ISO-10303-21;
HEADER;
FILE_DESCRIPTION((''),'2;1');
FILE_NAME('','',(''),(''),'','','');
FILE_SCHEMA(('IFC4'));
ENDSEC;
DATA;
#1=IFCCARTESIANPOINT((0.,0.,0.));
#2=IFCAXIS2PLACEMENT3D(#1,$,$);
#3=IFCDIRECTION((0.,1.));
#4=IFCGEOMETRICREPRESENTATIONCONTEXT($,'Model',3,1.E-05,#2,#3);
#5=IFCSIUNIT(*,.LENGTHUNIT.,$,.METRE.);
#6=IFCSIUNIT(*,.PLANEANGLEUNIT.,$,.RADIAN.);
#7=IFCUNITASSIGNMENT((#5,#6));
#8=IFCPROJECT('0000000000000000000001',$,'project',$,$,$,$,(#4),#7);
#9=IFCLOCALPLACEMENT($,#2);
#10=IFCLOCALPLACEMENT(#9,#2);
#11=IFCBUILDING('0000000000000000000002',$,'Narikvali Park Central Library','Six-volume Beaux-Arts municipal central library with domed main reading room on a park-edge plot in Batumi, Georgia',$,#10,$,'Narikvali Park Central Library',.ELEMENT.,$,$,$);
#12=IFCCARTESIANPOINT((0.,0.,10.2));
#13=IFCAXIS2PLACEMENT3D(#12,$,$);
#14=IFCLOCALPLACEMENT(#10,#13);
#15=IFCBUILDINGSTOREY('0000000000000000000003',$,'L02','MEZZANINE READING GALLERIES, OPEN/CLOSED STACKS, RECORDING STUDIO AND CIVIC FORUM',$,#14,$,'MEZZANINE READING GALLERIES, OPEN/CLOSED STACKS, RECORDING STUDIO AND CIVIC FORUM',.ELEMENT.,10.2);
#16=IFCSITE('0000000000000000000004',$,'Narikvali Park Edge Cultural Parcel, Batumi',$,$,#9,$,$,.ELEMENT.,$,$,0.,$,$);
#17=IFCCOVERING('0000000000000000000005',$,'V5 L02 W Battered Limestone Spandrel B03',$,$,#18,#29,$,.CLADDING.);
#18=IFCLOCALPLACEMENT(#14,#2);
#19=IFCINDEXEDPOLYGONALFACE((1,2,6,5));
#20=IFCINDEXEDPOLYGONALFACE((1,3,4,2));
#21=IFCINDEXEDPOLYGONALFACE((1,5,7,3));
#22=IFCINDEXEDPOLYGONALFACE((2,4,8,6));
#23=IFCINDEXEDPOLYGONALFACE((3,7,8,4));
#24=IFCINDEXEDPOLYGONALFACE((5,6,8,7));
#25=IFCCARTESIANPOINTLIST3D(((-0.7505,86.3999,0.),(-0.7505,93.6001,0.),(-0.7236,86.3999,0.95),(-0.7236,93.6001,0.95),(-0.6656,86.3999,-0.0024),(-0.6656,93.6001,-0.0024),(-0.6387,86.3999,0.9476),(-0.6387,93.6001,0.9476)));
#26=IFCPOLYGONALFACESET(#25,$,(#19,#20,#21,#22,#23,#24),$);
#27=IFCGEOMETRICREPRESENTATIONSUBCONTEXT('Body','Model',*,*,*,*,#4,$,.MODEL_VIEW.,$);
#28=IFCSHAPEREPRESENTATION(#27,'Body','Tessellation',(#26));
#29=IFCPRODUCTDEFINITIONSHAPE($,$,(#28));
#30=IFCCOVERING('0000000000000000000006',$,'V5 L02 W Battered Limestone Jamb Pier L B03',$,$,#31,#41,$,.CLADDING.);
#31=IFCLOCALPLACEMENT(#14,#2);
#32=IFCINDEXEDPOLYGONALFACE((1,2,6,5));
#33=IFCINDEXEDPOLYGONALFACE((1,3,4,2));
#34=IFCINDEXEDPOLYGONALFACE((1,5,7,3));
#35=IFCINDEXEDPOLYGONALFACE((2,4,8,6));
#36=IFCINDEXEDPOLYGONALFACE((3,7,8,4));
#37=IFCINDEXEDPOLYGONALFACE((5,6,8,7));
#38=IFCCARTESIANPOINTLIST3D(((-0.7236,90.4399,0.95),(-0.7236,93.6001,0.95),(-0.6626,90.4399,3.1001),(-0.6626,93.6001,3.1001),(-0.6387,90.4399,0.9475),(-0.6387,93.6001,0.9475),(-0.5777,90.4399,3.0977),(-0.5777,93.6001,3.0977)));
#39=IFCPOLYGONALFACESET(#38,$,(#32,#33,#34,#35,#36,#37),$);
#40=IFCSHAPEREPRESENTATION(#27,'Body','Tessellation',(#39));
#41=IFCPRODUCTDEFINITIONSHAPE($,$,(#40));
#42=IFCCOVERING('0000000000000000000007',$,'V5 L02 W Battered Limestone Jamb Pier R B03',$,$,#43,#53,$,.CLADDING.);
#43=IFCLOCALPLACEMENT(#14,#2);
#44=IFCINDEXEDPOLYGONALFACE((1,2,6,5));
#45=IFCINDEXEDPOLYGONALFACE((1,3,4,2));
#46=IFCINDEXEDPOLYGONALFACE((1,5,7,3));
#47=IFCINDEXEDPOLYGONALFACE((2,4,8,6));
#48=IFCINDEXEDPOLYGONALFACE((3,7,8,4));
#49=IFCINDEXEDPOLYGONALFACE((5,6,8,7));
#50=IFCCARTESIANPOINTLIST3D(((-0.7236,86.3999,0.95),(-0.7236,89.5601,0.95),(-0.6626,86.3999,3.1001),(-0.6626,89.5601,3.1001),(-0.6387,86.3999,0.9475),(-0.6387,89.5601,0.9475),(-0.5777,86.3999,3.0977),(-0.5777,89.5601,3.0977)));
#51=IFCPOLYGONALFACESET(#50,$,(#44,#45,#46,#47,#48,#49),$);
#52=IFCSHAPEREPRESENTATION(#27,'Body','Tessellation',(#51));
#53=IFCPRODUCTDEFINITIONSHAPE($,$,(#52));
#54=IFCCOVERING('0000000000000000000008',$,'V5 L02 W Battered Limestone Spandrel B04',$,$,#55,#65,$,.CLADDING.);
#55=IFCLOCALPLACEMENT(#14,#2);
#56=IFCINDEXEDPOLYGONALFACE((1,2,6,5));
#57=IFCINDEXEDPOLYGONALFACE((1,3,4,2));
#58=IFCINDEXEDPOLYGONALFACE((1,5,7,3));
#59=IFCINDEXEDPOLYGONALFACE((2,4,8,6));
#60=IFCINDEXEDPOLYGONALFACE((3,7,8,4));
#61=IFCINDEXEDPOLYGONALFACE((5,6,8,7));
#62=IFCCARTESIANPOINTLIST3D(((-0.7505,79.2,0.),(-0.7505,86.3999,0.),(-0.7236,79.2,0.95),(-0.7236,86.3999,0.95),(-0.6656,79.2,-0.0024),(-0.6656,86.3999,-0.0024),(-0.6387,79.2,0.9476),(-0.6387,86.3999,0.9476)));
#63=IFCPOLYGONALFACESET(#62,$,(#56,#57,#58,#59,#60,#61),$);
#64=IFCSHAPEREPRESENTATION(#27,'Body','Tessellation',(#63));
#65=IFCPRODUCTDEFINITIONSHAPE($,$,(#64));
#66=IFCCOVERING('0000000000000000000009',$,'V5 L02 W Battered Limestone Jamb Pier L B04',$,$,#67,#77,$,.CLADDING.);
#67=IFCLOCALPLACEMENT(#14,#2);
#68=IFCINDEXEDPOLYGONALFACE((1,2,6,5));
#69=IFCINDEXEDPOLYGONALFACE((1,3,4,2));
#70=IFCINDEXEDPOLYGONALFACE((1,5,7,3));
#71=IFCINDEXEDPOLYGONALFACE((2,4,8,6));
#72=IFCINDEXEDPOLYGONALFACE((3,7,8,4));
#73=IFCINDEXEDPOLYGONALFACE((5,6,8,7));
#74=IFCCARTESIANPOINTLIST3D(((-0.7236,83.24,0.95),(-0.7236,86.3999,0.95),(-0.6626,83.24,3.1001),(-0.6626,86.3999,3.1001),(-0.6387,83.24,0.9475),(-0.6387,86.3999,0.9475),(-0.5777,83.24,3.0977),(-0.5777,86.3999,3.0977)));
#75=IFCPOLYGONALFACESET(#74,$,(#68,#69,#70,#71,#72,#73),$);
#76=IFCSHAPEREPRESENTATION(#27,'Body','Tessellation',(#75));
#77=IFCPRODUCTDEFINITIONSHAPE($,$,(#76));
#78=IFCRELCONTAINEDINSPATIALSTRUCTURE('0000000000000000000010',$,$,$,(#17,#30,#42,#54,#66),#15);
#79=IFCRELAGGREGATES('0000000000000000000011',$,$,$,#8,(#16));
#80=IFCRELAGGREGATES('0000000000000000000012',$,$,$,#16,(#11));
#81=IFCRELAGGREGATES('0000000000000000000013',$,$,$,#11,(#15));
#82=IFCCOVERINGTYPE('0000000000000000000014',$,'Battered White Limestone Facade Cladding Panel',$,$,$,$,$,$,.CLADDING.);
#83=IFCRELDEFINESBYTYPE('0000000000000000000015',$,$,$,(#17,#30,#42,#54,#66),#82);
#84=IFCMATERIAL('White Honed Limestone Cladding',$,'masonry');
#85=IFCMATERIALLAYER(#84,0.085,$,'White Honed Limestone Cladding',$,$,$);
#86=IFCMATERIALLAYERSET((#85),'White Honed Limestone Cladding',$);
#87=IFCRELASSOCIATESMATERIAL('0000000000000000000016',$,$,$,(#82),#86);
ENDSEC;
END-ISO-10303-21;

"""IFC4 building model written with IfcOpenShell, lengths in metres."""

from ifc_helpers import new_model, si_unit, direction, frame, origin, place, context, subcontext, project, spatial, polyline, outline, extrude, material, layer, layer_set, type_object, element, save


model = new_model("IFC4")

# Units and contexts
model_context = context("Model", 3, precision=1e-05, world=origin(), true_north=direction((0.0, 1.0)))
body_context = subcontext(model_context, "Body", "Model", "MODEL_VIEW")
ifc_project = project(units=[si_unit("LENGTHUNIT", "METRE"), si_unit("PLANEANGLEUNIT", "RADIAN")], contexts=[model_context])

# Site, building, storey
site_placement = place(None, origin())
site = spatial("IfcSite", under=ifc_project, at=site_placement, Name="Narikvali Park Edge Cultural Parcel, Batumi", CompositionType="ELEMENT", RefElevation=0.0)
building_placement = place(site_placement, origin())
building = spatial("IfcBuilding", under=site, at=building_placement, Name="Narikvali Park Central Library", Description="Six-volume Beaux-Arts municipal central library with domed main reading room on a park-edge plot in Batumi, Georgia", LongName="Narikvali Park Central Library", CompositionType="ELEMENT")
storey_placement = place(building_placement, frame((0.0, 0.0, 10.2)))
storey = spatial("IfcBuildingStorey", under=building, at=storey_placement, Name="L02", Description="MEZZANINE READING GALLERIES, OPEN/CLOSED STACKS, RECORDING STUDIO AND CIVIC FORUM", LongName="MEZZANINE READING GALLERIES, OPEN/CLOSED STACKS, RECORDING STUDIO AND CIVIC FORUM", CompositionType="ELEMENT", Elevation=10.2)

# Coverings
ifc_material_1 = material(Name="White Honed Limestone Cladding", Category="masonry")
ifc_layer_1 = layer(ifc_material_1, 0.085, Name="White Honed Limestone Cladding")
ifc_layer_set_1 = layer_set([ifc_layer_1], Name="White Honed Limestone Cladding")
covering_type = type_object("IfcCoveringType", Name="Battered White Limestone Facade Cladding Panel", PredefinedType="CLADDING", material=ifc_layer_set_1)
covering_1_placement = place(storey_placement, frame((-0.7505, 93.6001, 0.0), z_axis=(-0.999601, 0.0, 0.028259), x_axis=(0.0, -1.0, 0.0)))
element("IfcCovering", 1, at=covering_1_placement, inside=storey, type_object=covering_type, Name="V5 L02 W Battered Limestone Spandrel B03", PredefinedType="CLADDING", context=body_context, shape_type="SweptSolid", body=[
    extrude(outline(polyline([(0.0, 0.0), (7.2002, 0.0), (7.2002, 0.9503), (0.0, 0.9503), (0.0, 0.0)])), origin(), (0.0, 0.0, -1.0), 0.085),
])
for number, where, z_axis, x_axis, name in (
    (2, (-0.7236, 93.6001, 0.95), (-0.999597, 0.0, 0.028375), (0.0, -1.0, 0.0), "V5 L02 W Battered Limestone Jamb Pier L B03"),
    (3, (-0.7236, 89.5601, 0.95), (-0.999597, 0.0, 0.028375), (0.0, -1.0, 0.0), "V5 L02 W Battered Limestone Jamb Pier R B03"),
):
    element("IfcCovering", number, at=place(storey_placement, frame(where, z_axis=z_axis, x_axis=x_axis)), inside=storey, type_object=covering_type, Name=name, PredefinedType="CLADDING", context=body_context, shape_type="SweptSolid", body=[
        extrude(outline(polyline([(0.0, 0.0), (3.1602, 0.0), (3.1602, 2.151), (0.0, 2.151), (0.0, 0.0)])), origin(), (0.0, 0.0, -1.0), 0.085),
    ])
covering_2_placement = place(storey_placement, frame((-0.7505, 86.3999, 0.0), z_axis=(-0.999601, 0.0, 0.028259), x_axis=(0.0, -1.0, 0.0)))
element("IfcCovering", 4, at=covering_2_placement, inside=storey, type_object=covering_type, Name="V5 L02 W Battered Limestone Spandrel B04", PredefinedType="CLADDING", context=body_context, shape_type="SweptSolid", body=[
    extrude(outline(polyline([(0.0, 0.0), (7.2, 0.0), (7.2, 0.9503), (0.0, 0.9503), (0.0, 0.0)])), origin(), (0.0, 0.0, -1.0), 0.085),
])
covering_3_placement = place(storey_placement, frame((-0.7236, 86.3999, 0.95), z_axis=(-0.999597, 0.0, 0.028375), x_axis=(0.0, -1.0, 0.0)))
element("IfcCovering", 5, at=covering_3_placement, inside=storey, type_object=covering_type, Name="V5 L02 W Battered Limestone Jamb Pier L B04", PredefinedType="CLADDING", context=body_context, shape_type="SweptSolid", body=[
    extrude(outline(polyline([(0.0, 0.0), (3.1599, 0.0), (3.1599, 2.151), (0.0, 2.151), (0.0, 0.0)])), origin(), (0.0, 0.0, -1.0), 0.085),
])

save(model, "model.ifc")
